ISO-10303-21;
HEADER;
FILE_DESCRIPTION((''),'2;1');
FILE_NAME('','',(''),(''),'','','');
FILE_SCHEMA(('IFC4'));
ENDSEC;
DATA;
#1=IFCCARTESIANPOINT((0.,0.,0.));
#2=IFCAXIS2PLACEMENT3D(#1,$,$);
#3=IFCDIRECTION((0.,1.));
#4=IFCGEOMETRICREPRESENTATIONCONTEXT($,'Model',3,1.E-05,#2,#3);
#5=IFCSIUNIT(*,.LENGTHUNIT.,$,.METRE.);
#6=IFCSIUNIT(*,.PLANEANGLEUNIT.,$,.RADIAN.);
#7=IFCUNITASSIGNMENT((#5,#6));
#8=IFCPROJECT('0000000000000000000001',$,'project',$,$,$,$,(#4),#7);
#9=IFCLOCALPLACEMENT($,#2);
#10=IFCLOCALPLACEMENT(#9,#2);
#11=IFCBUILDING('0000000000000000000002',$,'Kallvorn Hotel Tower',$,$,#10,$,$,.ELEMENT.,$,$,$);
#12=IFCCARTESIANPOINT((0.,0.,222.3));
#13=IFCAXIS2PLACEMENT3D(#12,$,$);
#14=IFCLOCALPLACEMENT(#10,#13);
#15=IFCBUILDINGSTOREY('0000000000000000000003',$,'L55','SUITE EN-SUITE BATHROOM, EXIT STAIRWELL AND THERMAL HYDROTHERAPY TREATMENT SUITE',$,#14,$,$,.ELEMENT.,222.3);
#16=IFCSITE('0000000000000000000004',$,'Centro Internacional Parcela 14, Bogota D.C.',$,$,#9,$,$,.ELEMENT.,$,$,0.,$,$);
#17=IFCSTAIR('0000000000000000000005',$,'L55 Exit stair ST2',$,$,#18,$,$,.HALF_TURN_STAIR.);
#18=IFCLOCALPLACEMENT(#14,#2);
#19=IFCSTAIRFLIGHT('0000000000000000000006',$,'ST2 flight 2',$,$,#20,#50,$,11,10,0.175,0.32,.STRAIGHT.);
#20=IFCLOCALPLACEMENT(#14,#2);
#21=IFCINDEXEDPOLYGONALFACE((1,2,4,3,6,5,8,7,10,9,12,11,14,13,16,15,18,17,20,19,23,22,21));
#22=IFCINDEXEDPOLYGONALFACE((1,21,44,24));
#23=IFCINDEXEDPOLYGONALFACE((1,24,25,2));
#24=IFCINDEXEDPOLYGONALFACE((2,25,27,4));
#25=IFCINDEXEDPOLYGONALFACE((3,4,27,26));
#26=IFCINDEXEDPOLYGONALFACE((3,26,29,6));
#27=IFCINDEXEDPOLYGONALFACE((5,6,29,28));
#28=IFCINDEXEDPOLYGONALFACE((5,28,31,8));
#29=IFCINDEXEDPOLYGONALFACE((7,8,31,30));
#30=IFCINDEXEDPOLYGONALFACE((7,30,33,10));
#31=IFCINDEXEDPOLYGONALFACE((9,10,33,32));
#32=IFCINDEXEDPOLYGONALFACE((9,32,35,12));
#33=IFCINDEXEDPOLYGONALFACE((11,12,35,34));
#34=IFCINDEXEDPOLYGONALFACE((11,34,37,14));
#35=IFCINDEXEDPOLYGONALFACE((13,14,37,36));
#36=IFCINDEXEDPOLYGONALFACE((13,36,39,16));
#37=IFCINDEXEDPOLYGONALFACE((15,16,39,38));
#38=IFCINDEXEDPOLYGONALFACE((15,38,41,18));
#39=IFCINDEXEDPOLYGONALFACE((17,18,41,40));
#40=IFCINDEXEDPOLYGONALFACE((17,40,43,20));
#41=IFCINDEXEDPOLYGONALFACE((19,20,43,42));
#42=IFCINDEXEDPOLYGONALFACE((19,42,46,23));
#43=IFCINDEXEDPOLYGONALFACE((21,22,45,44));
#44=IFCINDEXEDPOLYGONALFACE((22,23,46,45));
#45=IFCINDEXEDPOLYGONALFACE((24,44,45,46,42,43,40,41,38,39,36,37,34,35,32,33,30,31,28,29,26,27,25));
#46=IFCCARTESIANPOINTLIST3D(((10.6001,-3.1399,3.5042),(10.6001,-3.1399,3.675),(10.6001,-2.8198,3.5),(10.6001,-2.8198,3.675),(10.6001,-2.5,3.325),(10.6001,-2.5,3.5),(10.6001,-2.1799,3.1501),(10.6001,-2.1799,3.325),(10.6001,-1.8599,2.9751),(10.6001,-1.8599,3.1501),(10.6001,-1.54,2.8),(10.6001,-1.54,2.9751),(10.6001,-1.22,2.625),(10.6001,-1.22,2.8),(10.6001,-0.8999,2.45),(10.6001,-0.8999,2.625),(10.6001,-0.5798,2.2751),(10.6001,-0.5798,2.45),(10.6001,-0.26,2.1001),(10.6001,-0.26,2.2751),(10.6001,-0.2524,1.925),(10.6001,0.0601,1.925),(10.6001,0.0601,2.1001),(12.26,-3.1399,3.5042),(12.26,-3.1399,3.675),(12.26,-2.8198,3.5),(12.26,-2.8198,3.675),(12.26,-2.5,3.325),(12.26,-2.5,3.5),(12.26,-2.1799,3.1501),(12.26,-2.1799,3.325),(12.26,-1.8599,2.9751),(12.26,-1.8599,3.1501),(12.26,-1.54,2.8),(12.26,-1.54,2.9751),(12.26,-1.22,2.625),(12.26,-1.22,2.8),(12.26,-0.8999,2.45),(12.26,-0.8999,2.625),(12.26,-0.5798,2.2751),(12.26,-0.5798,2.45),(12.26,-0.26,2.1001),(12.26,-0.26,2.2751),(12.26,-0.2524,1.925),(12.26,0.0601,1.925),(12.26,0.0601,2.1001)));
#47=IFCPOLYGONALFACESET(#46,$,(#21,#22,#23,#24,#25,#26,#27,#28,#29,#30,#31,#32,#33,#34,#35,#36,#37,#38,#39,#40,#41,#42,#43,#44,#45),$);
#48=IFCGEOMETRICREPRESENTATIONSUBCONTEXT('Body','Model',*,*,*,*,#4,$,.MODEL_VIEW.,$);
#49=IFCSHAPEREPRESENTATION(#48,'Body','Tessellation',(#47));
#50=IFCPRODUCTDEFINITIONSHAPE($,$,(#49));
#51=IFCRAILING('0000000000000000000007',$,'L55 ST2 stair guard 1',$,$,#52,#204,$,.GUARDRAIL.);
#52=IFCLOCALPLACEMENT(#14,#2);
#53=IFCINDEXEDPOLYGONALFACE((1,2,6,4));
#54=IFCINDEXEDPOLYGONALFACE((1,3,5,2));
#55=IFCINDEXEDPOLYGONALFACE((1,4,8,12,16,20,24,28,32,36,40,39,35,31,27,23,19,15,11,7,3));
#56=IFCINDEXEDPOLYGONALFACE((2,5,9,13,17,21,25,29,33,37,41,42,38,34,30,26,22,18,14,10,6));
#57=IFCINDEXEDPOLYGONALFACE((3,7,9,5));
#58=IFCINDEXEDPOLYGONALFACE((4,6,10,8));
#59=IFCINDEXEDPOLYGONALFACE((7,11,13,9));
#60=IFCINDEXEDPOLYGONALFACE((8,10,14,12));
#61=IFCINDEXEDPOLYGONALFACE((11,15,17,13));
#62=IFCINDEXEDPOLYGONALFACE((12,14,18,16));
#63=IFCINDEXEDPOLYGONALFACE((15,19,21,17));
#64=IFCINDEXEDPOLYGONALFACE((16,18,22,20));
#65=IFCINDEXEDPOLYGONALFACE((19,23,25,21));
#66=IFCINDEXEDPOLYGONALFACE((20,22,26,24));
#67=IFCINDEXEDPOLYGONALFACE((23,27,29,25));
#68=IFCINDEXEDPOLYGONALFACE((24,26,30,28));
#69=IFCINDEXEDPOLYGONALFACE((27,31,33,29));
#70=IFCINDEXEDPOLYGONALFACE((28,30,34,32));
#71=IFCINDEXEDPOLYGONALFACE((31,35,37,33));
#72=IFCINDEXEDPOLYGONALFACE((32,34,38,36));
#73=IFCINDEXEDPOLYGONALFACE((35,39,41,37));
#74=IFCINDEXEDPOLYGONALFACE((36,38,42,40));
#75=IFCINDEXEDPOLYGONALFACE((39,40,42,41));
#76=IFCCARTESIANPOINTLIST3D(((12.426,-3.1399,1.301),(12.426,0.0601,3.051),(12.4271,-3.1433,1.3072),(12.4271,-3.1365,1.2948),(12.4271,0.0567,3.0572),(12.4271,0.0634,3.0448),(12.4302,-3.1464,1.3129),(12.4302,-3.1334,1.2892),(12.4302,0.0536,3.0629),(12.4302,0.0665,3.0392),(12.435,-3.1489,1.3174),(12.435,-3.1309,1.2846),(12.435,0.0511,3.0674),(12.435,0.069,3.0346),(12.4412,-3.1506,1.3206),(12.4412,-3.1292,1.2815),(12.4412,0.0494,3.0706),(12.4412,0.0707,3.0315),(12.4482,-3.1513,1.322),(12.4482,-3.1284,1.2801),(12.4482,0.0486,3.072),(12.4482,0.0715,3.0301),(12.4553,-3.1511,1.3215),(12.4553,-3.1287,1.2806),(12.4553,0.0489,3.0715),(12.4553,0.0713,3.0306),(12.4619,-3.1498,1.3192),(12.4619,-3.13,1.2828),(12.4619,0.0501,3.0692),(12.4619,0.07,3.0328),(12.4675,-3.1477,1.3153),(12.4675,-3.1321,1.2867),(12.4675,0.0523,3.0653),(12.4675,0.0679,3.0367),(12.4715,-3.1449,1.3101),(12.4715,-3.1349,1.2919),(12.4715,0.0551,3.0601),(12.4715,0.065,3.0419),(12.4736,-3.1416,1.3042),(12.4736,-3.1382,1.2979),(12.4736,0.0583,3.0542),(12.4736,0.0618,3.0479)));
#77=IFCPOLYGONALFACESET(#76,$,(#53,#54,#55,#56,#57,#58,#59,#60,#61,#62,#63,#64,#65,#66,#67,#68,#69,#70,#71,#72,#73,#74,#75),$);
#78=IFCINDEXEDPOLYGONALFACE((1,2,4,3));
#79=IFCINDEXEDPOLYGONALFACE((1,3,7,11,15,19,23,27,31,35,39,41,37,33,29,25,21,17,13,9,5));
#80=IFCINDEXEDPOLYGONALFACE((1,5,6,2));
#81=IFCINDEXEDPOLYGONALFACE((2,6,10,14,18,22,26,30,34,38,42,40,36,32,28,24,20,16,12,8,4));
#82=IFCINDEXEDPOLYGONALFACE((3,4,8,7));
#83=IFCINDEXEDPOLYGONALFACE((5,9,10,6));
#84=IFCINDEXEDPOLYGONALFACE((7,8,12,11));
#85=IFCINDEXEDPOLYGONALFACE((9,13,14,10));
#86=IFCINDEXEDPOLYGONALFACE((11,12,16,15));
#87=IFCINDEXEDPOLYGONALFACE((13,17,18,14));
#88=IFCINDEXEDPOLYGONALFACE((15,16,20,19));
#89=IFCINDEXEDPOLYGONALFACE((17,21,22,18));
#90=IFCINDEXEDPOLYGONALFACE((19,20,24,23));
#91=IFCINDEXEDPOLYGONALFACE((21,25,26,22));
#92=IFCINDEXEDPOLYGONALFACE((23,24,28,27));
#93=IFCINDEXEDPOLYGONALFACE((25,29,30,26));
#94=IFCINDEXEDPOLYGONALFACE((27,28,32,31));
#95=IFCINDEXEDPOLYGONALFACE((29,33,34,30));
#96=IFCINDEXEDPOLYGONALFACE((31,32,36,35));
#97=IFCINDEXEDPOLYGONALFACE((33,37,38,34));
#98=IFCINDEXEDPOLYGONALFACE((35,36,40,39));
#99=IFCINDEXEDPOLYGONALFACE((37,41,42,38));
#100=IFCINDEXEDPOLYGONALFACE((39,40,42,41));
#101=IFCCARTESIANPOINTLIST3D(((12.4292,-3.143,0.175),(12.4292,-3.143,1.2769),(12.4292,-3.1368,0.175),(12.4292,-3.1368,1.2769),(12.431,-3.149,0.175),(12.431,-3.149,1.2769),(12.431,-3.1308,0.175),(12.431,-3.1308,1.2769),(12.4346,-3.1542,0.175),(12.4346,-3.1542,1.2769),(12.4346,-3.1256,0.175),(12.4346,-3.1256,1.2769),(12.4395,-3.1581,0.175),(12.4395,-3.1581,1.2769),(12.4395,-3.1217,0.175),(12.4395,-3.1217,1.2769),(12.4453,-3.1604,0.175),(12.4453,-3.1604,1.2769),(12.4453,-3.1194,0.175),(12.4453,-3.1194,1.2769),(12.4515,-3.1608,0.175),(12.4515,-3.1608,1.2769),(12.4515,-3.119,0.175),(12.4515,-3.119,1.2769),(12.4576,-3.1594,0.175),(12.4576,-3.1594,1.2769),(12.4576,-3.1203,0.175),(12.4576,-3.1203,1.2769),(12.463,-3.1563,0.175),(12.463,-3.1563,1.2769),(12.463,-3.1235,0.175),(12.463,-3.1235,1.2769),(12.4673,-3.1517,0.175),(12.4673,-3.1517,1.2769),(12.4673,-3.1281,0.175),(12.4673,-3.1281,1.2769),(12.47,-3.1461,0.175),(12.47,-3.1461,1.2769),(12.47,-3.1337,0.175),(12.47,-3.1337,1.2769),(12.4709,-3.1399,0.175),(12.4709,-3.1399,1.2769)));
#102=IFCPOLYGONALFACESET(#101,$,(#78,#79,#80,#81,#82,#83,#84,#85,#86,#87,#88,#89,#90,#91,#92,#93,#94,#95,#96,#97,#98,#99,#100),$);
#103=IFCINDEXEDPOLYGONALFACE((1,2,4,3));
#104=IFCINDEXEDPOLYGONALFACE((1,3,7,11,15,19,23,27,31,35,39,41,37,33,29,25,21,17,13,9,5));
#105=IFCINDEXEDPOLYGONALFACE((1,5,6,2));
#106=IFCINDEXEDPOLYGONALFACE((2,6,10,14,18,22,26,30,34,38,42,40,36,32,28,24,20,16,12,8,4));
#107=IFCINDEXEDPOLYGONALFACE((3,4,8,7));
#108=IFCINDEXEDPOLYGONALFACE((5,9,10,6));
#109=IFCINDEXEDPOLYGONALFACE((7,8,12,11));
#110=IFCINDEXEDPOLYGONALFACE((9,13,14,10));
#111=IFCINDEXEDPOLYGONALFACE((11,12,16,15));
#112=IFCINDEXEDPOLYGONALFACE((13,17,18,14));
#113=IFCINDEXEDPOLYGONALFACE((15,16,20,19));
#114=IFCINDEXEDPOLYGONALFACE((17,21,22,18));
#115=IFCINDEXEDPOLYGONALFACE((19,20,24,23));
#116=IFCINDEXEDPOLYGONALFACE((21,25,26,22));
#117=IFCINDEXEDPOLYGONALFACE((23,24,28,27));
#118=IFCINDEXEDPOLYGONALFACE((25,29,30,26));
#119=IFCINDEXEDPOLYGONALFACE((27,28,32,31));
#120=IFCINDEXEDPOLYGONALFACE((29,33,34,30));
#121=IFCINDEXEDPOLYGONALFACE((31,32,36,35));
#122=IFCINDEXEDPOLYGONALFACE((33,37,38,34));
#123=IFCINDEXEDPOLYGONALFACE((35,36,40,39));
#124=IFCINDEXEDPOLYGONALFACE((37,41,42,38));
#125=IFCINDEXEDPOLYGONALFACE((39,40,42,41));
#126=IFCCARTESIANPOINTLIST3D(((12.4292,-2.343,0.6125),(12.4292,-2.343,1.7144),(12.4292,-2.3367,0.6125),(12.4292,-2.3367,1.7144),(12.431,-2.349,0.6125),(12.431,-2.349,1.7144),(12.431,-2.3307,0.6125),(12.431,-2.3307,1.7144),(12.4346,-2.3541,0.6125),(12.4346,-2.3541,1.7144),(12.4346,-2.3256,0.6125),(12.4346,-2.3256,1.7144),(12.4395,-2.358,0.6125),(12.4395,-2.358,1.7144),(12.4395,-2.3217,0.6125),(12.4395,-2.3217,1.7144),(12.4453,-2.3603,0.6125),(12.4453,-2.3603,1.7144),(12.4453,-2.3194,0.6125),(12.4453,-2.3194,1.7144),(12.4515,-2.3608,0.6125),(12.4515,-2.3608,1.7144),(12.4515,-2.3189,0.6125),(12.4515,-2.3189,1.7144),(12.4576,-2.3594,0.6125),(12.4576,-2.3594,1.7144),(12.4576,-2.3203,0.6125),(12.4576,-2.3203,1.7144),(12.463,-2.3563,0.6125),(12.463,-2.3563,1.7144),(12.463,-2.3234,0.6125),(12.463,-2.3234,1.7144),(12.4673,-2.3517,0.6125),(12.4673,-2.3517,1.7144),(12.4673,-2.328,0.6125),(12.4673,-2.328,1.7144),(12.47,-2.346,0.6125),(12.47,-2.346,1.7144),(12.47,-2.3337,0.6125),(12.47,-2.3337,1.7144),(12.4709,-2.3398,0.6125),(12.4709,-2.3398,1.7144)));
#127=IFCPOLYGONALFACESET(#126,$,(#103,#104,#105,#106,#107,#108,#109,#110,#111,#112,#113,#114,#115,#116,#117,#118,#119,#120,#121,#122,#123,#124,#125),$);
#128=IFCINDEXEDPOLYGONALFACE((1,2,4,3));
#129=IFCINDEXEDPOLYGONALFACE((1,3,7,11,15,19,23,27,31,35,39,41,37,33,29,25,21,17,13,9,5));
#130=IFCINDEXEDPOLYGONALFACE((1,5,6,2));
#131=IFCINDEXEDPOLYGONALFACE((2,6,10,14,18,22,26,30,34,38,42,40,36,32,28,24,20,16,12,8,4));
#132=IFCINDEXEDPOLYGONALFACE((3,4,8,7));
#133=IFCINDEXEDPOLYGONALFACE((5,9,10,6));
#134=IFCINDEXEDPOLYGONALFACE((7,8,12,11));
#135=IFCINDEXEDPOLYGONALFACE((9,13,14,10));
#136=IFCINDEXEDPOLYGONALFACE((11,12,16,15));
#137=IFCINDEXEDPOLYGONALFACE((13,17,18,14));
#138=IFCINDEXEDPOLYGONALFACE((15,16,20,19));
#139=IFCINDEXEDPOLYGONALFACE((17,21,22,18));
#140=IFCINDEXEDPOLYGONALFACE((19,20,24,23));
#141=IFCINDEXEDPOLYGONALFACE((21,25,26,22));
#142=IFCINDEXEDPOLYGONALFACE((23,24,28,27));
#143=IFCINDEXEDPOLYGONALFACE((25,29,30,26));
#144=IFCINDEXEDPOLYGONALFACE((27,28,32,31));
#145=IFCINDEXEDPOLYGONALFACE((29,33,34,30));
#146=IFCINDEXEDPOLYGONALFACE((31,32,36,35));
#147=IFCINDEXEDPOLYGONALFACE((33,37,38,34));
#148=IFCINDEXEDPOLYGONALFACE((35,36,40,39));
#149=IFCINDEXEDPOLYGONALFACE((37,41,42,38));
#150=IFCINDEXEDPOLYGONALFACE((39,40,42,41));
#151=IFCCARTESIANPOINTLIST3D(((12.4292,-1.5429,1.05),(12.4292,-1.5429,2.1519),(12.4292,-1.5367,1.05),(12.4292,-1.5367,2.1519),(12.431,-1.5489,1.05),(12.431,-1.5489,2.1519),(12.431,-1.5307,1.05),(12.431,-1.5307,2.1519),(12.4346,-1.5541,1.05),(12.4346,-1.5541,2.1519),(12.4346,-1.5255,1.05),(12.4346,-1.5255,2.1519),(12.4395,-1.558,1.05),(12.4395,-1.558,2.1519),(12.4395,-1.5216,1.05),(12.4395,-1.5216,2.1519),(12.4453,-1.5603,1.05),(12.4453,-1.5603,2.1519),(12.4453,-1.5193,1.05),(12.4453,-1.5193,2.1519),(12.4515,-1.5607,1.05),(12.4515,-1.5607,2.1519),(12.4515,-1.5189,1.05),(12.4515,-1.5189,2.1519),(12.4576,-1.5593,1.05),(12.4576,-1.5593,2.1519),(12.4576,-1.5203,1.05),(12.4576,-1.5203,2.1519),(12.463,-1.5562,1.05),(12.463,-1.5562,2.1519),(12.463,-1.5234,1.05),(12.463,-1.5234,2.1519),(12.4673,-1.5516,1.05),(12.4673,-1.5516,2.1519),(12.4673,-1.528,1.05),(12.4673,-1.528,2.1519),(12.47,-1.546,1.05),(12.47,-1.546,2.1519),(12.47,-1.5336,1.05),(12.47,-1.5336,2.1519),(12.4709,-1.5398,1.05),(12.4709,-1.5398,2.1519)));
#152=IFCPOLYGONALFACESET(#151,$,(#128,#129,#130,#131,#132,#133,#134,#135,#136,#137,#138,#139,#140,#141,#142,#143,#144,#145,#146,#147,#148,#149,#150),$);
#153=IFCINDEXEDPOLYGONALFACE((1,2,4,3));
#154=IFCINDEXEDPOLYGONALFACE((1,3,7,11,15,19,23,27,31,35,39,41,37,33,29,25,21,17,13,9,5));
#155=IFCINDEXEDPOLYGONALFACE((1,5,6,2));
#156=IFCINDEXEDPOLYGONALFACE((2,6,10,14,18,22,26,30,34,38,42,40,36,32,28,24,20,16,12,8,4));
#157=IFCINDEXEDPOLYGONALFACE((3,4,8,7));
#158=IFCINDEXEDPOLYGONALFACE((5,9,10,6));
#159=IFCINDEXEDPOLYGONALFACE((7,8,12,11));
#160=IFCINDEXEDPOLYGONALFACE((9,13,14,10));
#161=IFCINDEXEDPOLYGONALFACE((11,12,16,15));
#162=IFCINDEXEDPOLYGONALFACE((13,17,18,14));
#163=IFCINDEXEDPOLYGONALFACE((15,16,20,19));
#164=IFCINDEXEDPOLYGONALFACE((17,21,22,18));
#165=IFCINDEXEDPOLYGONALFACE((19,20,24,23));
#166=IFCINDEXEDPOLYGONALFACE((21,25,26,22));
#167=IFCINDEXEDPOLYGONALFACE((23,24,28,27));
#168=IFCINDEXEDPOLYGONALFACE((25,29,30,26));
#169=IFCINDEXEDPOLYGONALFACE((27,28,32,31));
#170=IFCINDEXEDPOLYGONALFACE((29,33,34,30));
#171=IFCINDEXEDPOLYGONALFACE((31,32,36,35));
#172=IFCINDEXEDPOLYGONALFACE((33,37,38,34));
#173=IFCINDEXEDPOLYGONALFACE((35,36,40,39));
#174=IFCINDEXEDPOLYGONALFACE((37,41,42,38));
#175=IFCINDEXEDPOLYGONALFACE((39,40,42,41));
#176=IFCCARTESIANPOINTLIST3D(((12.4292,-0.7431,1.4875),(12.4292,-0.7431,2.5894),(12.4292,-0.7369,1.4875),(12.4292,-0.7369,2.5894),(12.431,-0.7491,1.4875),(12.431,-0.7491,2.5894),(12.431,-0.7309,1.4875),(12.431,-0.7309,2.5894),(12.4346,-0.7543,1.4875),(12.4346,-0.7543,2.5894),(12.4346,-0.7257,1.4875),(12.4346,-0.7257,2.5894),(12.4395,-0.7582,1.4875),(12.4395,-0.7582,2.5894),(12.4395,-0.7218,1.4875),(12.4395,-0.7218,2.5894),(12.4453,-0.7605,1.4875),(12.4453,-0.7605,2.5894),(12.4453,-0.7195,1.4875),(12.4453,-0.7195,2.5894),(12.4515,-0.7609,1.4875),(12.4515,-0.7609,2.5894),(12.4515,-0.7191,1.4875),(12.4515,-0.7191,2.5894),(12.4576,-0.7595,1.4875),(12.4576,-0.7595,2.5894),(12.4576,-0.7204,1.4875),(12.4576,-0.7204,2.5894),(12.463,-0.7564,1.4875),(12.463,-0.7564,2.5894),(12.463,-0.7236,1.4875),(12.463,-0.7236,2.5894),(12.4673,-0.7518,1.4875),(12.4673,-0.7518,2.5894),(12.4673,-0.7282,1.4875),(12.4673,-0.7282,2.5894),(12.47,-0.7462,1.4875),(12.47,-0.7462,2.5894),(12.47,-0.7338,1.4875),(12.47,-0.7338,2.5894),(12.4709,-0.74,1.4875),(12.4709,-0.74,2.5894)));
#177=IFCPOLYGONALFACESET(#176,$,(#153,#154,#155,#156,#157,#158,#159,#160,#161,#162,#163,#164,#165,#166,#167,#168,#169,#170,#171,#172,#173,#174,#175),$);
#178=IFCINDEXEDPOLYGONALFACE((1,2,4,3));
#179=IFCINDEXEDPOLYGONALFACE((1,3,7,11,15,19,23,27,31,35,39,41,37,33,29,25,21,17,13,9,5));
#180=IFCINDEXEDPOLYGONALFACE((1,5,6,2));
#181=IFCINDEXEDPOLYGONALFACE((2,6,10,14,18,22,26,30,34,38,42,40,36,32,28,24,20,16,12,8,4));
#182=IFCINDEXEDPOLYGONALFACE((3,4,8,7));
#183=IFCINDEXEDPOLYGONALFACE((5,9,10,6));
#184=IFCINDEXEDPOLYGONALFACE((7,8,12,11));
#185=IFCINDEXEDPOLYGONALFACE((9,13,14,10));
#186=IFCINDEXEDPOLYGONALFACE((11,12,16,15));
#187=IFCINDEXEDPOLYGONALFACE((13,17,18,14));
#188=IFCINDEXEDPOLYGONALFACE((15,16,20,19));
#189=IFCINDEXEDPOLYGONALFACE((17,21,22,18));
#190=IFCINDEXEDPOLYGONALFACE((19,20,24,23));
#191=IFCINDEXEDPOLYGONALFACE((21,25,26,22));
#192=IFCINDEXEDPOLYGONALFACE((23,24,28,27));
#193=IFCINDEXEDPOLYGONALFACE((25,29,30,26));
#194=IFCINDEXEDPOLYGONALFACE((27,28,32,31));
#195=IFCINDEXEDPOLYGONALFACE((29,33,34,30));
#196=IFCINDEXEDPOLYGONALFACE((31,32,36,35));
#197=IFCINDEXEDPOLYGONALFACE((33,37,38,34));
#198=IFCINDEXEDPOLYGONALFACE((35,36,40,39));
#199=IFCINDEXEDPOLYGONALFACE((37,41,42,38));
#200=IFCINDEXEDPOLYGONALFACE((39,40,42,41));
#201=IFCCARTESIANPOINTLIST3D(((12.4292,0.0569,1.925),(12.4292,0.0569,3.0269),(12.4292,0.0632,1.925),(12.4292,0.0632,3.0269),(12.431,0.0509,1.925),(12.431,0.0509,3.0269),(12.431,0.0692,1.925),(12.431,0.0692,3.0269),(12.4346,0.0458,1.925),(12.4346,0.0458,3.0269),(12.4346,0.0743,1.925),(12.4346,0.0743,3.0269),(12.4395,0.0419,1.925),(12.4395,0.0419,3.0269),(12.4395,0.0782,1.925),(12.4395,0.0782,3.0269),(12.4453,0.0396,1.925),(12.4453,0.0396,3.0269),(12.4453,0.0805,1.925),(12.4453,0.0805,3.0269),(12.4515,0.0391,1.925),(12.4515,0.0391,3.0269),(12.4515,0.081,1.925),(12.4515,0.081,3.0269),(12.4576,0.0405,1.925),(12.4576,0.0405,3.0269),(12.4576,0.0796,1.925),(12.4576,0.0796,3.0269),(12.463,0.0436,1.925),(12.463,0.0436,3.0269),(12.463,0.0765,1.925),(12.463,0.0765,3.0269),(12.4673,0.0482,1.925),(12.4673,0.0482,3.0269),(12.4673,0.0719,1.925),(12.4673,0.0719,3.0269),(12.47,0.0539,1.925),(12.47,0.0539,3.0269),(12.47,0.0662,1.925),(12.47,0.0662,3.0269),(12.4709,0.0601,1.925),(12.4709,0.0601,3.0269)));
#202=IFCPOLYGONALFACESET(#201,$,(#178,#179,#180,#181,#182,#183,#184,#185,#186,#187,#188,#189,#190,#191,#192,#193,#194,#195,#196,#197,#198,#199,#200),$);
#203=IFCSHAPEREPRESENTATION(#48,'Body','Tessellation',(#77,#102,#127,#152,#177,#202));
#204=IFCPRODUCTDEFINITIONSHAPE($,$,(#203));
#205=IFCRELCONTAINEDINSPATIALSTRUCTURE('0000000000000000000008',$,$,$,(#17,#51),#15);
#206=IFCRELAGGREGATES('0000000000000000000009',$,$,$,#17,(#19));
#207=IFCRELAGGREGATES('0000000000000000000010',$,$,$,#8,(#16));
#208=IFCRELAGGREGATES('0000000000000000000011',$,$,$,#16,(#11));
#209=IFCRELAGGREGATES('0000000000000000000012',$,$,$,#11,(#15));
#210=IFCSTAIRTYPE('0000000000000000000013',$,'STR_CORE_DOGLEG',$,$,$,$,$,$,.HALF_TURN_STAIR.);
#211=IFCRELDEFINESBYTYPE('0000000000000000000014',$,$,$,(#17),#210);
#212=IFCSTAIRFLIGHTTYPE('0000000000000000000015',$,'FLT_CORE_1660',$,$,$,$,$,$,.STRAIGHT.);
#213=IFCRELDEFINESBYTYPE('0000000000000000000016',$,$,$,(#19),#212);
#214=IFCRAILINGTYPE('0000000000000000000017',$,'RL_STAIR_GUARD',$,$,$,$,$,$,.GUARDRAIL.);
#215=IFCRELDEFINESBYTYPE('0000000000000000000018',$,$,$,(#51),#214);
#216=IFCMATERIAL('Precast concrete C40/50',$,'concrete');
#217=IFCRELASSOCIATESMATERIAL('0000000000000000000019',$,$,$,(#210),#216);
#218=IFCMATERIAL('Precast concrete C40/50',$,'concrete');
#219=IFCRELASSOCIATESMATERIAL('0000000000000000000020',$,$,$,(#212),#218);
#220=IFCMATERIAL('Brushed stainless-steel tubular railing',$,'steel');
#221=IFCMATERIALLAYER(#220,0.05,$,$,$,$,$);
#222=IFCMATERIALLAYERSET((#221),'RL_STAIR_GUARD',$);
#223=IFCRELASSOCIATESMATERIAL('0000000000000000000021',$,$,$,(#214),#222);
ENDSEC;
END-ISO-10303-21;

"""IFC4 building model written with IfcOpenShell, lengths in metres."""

from ifc_helpers import new_model, si_unit, direction, frame, origin, origin_2d, place, context, subcontext, project, spatial, polyline, circle, outline, extrude, material, layer, layer_set, type_object, element, aggregate, save


model = new_model("IFC4")

# Units and contexts
model_context = context("Model", 3, precision=1e-05, world=origin(), true_north=direction((0.0, 1.0)))
body_context = subcontext(model_context, "Body", "Model", "MODEL_VIEW")
ifc_project = project(units=[si_unit("LENGTHUNIT", "METRE"), si_unit("PLANEANGLEUNIT", "RADIAN")], contexts=[model_context])

# Site, building, storey
site_placement = place(None, origin())
site = spatial("IfcSite", under=ifc_project, at=site_placement, Name="Centro Internacional Parcela 14, Bogota D.C.", CompositionType="ELEMENT", RefElevation=0.0)
building_placement = place(site_placement, origin())
building = spatial("IfcBuilding", under=site, at=building_placement, Name="Kallvorn Hotel Tower", CompositionType="ELEMENT")
storey_placement = place(building_placement, frame((0.0, 0.0, 222.3)))
storey = spatial("IfcBuildingStorey", under=building, at=storey_placement, Name="L55", Description="SUITE EN-SUITE BATHROOM, EXIT STAIRWELL AND THERMAL HYDROTHERAPY TREATMENT SUITE", CompositionType="ELEMENT", Elevation=222.3)

# Stair, stair flight
ifc_material_1 = material(Name="Precast concrete C40/50", Category="concrete")
stair_type = type_object("IfcStairType", Name="STR_CORE_DOGLEG", PredefinedType="HALF_TURN_STAIR", material=ifc_material_1)
stair_placement = place(storey_placement, origin())
stair = element("IfcStair", 1, at=stair_placement, inside=storey, type_object=stair_type, Name="L55 Exit stair ST2", PredefinedType="HALF_TURN_STAIR")
ifc_material_2 = material(Name="Precast concrete C40/50", Category="concrete")
stair_flight_type = type_object("IfcStairFlightType", Name="FLT_CORE_1660", PredefinedType="STRAIGHT", material=ifc_material_2)
stair_flight_1_placement = place(storey_placement, frame((11.4299, 0.0601, 1.925), z_axis=(0.0, 0.0, 1.0), x_axis=(0.0, -1.0, 0.0)))
stair_flight_1 = element("IfcStairFlight", 2, at=stair_flight_1_placement, type_object=stair_flight_type, Name="ST2 flight 2", NumberOfRisers=11, NumberOfTreads=10, PredefinedType="STRAIGHT", RiserHeight=0.175, TreadLength=0.32, context=body_context, shape_type="SweptSolid", body=[
    extrude(outline(polyline([(0.0, 0.0), (0.0, 0.175), (0.3201, 0.175), (0.3201, 0.3501), (0.6399, 0.3501), (0.6399, 0.5249), (0.96, 0.5249), (0.96, 0.7), (1.28, 0.7), (1.28, 0.875), (1.6001, 0.875), (1.6001, 1.05), (1.9199, 1.05), (1.9199, 1.2251), (2.24, 1.2251), (2.24, 1.3999), (2.5601, 1.3999), (2.5601, 1.575), (2.8799, 1.575), (2.8799, 1.75), (3.2, 1.75), (3.2, 1.925), (3.2, 1.5791), (0.3125, 0.0), (0.0, 0.0)])), frame((0.0, 0.8301, 0.0), z_axis=(0.0, -1.0, 0.0), x_axis=(1.0, 0.0, 0.0)), (0.0, 0.0, 1.0), 1.6599),
])
aggregate(stair, [stair_flight_1])

# Railing
ifc_material_3 = material(Name="Brushed stainless-steel tubular railing", Category="steel")
ifc_layer_1 = layer(ifc_material_3, 0.05)
ifc_layer_set_1 = layer_set([ifc_layer_1], Name="RL_STAIR_GUARD")
railing_type_1 = type_object("IfcRailingType", Name="RL_STAIR_GUARD", PredefinedType="GUARDRAIL", material=ifc_layer_set_1)
railing_1_placement = place(storey_placement, frame((12.45, -3.1399, 0.175)))
element("IfcRailing", 3, at=railing_1_placement, inside=storey, type_object=railing_type_1, Name="L55 ST2 stair guard 1", PredefinedType="GUARDRAIL", context=body_context, shape_type="SweptSolid", body=[
    extrude(circle(Radius=0.0239, at=origin_2d()), frame((0.0, 0.0, 1.126), z_axis=(0.0, 0.877368, 0.479818), x_axis=(-1.0, 0.0, 0.0)), (0.0, 0.0, 1.0), 3.6472),
    extrude(circle(Radius=0.021, at=origin_2d()), origin(), (0.0, 0.0, 1.0), 1.1018),
    extrude(circle(Radius=0.021, at=origin_2d()), frame((0.0, 0.8, 0.4375)), (0.0, 0.0, 1.0), 1.1018),
    extrude(circle(Radius=0.021, at=origin_2d()), frame((0.0, 1.6001, 0.875)), (0.0, 0.0, 1.0), 1.1018),
    extrude(circle(Radius=0.021, at=origin_2d()), frame((0.0, 2.3999, 1.3125)), (0.0, 0.0, 1.0), 1.1018),
    extrude(circle(Radius=0.021, at=origin_2d()), frame((0.0, 3.2, 1.75)), (0.0, 0.0, 1.0), 1.1018),
])

save(model, "model.ifc")
